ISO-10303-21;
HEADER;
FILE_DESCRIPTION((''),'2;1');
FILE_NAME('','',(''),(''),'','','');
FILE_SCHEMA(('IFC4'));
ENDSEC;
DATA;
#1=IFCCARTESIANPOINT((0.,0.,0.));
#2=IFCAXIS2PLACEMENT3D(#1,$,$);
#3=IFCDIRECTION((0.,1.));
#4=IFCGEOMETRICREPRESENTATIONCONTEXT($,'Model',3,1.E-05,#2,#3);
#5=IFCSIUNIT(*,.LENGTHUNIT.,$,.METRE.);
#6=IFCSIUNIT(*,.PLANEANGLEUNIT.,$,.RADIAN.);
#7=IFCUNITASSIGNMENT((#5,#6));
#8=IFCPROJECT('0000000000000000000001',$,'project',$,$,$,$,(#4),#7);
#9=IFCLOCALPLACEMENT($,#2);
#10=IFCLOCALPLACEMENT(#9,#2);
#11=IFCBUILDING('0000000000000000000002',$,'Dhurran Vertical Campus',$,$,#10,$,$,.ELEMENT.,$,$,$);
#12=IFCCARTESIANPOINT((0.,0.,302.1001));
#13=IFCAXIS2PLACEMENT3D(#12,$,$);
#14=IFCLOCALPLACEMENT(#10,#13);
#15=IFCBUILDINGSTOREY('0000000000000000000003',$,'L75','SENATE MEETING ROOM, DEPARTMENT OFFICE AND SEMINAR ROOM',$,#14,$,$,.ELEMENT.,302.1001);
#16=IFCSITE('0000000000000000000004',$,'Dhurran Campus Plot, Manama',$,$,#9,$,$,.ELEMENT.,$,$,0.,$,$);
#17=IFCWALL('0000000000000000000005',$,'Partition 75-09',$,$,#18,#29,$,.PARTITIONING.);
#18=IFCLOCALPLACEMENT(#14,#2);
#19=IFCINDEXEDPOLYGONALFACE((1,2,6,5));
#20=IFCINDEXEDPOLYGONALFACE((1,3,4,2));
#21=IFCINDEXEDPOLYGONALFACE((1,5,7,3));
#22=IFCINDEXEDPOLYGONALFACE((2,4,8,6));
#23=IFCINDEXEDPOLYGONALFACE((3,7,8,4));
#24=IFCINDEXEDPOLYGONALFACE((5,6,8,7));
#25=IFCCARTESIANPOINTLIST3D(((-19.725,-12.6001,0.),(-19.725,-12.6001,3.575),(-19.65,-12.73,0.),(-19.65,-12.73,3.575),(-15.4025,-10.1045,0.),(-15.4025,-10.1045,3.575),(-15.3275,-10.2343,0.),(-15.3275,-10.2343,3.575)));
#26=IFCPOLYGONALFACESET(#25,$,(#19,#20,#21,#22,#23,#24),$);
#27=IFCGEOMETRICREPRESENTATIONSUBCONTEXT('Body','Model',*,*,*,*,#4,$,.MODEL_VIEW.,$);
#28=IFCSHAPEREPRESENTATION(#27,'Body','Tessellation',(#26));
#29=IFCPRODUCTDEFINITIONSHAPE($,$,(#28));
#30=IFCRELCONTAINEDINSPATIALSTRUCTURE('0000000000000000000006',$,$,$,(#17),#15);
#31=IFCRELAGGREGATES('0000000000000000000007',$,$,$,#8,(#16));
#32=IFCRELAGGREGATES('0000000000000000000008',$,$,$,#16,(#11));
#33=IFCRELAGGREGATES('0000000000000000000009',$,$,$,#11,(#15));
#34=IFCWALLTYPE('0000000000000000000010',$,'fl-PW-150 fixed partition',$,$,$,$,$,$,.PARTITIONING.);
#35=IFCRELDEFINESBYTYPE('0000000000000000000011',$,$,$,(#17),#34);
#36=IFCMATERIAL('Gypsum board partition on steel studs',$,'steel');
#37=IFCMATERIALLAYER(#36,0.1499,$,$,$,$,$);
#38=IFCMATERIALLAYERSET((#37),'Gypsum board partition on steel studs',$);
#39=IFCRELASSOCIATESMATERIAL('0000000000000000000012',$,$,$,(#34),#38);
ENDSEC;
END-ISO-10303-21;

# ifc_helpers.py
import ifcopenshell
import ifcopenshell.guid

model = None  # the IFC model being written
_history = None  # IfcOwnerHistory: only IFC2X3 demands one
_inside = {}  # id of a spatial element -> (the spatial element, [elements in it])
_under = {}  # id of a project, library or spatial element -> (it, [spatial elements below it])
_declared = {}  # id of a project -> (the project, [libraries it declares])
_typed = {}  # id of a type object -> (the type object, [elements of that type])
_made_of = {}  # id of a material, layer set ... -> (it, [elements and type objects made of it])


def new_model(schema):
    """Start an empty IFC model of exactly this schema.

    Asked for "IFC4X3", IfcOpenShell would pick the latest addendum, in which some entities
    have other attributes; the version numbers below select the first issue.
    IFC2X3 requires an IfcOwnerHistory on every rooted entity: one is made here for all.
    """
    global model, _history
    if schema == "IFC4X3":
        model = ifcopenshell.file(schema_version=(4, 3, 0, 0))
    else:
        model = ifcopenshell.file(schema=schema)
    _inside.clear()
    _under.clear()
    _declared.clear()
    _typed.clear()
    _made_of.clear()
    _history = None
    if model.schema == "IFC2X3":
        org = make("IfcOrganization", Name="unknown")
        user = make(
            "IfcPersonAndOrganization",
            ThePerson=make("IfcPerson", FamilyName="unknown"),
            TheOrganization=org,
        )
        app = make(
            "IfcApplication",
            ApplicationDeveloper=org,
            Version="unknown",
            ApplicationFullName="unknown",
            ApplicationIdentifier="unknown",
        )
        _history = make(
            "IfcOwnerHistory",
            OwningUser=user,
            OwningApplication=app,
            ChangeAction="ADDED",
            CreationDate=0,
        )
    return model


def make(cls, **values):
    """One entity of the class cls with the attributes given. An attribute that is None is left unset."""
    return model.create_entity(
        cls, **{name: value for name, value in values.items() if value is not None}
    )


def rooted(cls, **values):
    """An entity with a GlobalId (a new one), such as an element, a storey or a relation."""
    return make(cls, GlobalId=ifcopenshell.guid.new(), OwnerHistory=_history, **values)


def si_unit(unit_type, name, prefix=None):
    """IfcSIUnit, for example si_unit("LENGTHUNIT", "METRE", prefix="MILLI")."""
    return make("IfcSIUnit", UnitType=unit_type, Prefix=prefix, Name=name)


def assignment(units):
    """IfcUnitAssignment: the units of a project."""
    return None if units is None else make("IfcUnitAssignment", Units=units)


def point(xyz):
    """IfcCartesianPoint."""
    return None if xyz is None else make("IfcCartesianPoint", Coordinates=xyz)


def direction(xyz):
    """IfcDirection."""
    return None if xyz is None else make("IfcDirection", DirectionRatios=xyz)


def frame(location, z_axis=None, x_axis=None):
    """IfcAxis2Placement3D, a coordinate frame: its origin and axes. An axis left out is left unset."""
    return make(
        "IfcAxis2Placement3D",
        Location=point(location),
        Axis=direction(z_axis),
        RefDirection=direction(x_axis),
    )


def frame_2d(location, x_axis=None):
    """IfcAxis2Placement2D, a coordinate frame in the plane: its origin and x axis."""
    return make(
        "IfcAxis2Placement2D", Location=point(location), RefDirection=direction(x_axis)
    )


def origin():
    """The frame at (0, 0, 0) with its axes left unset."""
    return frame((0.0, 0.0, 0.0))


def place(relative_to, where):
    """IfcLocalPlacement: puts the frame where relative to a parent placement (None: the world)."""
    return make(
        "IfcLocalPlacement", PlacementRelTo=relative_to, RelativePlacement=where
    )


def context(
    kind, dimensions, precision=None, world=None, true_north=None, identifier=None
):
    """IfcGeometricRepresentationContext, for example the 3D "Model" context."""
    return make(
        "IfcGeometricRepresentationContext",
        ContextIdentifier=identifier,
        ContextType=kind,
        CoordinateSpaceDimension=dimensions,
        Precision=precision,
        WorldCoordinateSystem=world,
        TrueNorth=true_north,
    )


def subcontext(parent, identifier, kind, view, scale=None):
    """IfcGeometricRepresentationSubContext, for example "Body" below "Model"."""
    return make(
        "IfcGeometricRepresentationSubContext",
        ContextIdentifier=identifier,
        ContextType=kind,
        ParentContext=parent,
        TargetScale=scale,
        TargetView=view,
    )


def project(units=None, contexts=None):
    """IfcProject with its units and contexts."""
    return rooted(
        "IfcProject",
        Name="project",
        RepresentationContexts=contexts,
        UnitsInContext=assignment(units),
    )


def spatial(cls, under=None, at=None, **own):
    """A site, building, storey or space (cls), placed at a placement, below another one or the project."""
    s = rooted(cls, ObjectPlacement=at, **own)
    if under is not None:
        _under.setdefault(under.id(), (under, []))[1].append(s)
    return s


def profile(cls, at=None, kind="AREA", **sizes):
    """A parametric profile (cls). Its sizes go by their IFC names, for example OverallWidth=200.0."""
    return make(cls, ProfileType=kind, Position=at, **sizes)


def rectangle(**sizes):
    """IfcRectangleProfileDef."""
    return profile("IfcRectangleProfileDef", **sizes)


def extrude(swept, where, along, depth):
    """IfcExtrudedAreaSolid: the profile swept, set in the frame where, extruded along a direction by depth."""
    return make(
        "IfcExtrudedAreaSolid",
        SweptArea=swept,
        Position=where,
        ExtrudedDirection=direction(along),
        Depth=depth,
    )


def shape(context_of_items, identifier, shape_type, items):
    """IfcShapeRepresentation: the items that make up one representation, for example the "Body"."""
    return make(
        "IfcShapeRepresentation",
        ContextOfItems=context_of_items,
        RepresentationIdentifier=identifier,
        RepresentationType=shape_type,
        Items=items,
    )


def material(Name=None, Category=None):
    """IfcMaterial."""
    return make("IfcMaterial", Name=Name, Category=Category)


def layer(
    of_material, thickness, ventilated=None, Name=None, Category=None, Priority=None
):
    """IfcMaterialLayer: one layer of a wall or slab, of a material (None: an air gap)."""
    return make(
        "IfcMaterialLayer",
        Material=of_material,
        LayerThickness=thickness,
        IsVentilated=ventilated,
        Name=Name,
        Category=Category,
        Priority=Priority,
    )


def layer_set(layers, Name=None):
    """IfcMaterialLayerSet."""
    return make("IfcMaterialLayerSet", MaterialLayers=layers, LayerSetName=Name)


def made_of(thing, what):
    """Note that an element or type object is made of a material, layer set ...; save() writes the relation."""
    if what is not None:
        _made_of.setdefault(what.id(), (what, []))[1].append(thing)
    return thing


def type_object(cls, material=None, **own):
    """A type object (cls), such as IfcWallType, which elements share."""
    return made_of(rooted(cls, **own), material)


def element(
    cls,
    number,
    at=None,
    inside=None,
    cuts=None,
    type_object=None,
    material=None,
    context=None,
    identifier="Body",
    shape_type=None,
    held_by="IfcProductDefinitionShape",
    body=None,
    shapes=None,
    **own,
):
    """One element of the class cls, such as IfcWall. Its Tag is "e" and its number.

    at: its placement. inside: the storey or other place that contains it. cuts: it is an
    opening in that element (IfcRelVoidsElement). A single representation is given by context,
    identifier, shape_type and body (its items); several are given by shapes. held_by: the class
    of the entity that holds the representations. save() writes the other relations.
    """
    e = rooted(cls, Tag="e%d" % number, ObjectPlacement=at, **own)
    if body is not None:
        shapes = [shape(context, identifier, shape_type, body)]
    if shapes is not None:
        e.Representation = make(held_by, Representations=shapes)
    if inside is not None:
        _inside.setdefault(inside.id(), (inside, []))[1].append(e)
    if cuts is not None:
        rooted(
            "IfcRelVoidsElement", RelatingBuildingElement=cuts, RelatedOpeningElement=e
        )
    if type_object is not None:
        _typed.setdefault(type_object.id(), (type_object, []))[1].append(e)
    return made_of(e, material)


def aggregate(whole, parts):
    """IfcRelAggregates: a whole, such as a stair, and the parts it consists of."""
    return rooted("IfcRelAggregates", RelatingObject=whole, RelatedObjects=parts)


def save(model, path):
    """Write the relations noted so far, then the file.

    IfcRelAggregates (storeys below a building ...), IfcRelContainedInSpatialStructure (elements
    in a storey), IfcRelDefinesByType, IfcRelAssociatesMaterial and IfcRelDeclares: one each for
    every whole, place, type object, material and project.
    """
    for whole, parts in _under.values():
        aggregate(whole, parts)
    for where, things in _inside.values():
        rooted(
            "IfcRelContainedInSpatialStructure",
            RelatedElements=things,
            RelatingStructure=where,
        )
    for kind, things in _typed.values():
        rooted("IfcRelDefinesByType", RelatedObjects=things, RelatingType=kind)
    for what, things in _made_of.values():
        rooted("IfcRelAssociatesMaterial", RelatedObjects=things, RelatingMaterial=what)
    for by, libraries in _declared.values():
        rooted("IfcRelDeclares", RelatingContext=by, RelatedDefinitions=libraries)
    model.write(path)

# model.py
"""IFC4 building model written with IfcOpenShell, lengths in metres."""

from ifc_helpers import new_model, si_unit, direction, frame, frame_2d, origin, place, context, subcontext, project, spatial, rectangle, extrude, material, layer, layer_set, type_object, element, save


model = new_model("IFC4")

# Units and contexts
model_context = context("Model", 3, precision=1e-05, world=origin(), true_north=direction((0.0, 1.0)))
body_context = subcontext(model_context, "Body", "Model", "MODEL_VIEW")
ifc_project = project(units=[si_unit("LENGTHUNIT", "METRE"), si_unit("PLANEANGLEUNIT", "RADIAN")], contexts=[model_context])

# Site, building, storey
site_placement = place(None, origin())
site = spatial("IfcSite", under=ifc_project, at=site_placement, Name="Dhurran Campus Plot, Manama", CompositionType="ELEMENT", RefElevation=0.0)
building_placement = place(site_placement, origin())
building = spatial("IfcBuilding", under=site, at=building_placement, Name="Dhurran Vertical Campus", CompositionType="ELEMENT")
storey_placement = place(building_placement, frame((0.0, 0.0, 302.1001)))
storey = spatial("IfcBuildingStorey", under=building, at=storey_placement, Name="L75", Description="SENATE MEETING ROOM, DEPARTMENT OFFICE AND SEMINAR ROOM", CompositionType="ELEMENT", Elevation=302.1001)

# Wall
ifc_material_1 = material(Name="Gypsum board partition on steel studs", Category="steel")
ifc_layer_1 = layer(ifc_material_1, 0.1499)
ifc_layer_set_1 = layer_set([ifc_layer_1], Name="Gypsum board partition on steel studs")
wall_type_1 = type_object("IfcWallType", Name="fl-PW-150 fixed partition", PredefinedType="PARTITIONING", material=ifc_layer_set_1)
wall_1_placement = place(storey_placement, frame((-15.365, -10.1694, 0.0), z_axis=(0.0, 0.0, 1.0), x_axis=(-0.866025, -0.5, 0.0)))
element("IfcWall", 1, at=wall_1_placement, inside=storey, type_object=wall_type_1, Name="Partition 75-09", PredefinedType="PARTITIONING", context=body_context, shape_type="SweptSolid", body=[
    extrude(rectangle(XDim=4.9912, YDim=0.1499, at=frame_2d((2.4956, 0.0))), origin(), (0.0, 0.0, 1.0), 3.575),
])

save(model, "model.ifc")
